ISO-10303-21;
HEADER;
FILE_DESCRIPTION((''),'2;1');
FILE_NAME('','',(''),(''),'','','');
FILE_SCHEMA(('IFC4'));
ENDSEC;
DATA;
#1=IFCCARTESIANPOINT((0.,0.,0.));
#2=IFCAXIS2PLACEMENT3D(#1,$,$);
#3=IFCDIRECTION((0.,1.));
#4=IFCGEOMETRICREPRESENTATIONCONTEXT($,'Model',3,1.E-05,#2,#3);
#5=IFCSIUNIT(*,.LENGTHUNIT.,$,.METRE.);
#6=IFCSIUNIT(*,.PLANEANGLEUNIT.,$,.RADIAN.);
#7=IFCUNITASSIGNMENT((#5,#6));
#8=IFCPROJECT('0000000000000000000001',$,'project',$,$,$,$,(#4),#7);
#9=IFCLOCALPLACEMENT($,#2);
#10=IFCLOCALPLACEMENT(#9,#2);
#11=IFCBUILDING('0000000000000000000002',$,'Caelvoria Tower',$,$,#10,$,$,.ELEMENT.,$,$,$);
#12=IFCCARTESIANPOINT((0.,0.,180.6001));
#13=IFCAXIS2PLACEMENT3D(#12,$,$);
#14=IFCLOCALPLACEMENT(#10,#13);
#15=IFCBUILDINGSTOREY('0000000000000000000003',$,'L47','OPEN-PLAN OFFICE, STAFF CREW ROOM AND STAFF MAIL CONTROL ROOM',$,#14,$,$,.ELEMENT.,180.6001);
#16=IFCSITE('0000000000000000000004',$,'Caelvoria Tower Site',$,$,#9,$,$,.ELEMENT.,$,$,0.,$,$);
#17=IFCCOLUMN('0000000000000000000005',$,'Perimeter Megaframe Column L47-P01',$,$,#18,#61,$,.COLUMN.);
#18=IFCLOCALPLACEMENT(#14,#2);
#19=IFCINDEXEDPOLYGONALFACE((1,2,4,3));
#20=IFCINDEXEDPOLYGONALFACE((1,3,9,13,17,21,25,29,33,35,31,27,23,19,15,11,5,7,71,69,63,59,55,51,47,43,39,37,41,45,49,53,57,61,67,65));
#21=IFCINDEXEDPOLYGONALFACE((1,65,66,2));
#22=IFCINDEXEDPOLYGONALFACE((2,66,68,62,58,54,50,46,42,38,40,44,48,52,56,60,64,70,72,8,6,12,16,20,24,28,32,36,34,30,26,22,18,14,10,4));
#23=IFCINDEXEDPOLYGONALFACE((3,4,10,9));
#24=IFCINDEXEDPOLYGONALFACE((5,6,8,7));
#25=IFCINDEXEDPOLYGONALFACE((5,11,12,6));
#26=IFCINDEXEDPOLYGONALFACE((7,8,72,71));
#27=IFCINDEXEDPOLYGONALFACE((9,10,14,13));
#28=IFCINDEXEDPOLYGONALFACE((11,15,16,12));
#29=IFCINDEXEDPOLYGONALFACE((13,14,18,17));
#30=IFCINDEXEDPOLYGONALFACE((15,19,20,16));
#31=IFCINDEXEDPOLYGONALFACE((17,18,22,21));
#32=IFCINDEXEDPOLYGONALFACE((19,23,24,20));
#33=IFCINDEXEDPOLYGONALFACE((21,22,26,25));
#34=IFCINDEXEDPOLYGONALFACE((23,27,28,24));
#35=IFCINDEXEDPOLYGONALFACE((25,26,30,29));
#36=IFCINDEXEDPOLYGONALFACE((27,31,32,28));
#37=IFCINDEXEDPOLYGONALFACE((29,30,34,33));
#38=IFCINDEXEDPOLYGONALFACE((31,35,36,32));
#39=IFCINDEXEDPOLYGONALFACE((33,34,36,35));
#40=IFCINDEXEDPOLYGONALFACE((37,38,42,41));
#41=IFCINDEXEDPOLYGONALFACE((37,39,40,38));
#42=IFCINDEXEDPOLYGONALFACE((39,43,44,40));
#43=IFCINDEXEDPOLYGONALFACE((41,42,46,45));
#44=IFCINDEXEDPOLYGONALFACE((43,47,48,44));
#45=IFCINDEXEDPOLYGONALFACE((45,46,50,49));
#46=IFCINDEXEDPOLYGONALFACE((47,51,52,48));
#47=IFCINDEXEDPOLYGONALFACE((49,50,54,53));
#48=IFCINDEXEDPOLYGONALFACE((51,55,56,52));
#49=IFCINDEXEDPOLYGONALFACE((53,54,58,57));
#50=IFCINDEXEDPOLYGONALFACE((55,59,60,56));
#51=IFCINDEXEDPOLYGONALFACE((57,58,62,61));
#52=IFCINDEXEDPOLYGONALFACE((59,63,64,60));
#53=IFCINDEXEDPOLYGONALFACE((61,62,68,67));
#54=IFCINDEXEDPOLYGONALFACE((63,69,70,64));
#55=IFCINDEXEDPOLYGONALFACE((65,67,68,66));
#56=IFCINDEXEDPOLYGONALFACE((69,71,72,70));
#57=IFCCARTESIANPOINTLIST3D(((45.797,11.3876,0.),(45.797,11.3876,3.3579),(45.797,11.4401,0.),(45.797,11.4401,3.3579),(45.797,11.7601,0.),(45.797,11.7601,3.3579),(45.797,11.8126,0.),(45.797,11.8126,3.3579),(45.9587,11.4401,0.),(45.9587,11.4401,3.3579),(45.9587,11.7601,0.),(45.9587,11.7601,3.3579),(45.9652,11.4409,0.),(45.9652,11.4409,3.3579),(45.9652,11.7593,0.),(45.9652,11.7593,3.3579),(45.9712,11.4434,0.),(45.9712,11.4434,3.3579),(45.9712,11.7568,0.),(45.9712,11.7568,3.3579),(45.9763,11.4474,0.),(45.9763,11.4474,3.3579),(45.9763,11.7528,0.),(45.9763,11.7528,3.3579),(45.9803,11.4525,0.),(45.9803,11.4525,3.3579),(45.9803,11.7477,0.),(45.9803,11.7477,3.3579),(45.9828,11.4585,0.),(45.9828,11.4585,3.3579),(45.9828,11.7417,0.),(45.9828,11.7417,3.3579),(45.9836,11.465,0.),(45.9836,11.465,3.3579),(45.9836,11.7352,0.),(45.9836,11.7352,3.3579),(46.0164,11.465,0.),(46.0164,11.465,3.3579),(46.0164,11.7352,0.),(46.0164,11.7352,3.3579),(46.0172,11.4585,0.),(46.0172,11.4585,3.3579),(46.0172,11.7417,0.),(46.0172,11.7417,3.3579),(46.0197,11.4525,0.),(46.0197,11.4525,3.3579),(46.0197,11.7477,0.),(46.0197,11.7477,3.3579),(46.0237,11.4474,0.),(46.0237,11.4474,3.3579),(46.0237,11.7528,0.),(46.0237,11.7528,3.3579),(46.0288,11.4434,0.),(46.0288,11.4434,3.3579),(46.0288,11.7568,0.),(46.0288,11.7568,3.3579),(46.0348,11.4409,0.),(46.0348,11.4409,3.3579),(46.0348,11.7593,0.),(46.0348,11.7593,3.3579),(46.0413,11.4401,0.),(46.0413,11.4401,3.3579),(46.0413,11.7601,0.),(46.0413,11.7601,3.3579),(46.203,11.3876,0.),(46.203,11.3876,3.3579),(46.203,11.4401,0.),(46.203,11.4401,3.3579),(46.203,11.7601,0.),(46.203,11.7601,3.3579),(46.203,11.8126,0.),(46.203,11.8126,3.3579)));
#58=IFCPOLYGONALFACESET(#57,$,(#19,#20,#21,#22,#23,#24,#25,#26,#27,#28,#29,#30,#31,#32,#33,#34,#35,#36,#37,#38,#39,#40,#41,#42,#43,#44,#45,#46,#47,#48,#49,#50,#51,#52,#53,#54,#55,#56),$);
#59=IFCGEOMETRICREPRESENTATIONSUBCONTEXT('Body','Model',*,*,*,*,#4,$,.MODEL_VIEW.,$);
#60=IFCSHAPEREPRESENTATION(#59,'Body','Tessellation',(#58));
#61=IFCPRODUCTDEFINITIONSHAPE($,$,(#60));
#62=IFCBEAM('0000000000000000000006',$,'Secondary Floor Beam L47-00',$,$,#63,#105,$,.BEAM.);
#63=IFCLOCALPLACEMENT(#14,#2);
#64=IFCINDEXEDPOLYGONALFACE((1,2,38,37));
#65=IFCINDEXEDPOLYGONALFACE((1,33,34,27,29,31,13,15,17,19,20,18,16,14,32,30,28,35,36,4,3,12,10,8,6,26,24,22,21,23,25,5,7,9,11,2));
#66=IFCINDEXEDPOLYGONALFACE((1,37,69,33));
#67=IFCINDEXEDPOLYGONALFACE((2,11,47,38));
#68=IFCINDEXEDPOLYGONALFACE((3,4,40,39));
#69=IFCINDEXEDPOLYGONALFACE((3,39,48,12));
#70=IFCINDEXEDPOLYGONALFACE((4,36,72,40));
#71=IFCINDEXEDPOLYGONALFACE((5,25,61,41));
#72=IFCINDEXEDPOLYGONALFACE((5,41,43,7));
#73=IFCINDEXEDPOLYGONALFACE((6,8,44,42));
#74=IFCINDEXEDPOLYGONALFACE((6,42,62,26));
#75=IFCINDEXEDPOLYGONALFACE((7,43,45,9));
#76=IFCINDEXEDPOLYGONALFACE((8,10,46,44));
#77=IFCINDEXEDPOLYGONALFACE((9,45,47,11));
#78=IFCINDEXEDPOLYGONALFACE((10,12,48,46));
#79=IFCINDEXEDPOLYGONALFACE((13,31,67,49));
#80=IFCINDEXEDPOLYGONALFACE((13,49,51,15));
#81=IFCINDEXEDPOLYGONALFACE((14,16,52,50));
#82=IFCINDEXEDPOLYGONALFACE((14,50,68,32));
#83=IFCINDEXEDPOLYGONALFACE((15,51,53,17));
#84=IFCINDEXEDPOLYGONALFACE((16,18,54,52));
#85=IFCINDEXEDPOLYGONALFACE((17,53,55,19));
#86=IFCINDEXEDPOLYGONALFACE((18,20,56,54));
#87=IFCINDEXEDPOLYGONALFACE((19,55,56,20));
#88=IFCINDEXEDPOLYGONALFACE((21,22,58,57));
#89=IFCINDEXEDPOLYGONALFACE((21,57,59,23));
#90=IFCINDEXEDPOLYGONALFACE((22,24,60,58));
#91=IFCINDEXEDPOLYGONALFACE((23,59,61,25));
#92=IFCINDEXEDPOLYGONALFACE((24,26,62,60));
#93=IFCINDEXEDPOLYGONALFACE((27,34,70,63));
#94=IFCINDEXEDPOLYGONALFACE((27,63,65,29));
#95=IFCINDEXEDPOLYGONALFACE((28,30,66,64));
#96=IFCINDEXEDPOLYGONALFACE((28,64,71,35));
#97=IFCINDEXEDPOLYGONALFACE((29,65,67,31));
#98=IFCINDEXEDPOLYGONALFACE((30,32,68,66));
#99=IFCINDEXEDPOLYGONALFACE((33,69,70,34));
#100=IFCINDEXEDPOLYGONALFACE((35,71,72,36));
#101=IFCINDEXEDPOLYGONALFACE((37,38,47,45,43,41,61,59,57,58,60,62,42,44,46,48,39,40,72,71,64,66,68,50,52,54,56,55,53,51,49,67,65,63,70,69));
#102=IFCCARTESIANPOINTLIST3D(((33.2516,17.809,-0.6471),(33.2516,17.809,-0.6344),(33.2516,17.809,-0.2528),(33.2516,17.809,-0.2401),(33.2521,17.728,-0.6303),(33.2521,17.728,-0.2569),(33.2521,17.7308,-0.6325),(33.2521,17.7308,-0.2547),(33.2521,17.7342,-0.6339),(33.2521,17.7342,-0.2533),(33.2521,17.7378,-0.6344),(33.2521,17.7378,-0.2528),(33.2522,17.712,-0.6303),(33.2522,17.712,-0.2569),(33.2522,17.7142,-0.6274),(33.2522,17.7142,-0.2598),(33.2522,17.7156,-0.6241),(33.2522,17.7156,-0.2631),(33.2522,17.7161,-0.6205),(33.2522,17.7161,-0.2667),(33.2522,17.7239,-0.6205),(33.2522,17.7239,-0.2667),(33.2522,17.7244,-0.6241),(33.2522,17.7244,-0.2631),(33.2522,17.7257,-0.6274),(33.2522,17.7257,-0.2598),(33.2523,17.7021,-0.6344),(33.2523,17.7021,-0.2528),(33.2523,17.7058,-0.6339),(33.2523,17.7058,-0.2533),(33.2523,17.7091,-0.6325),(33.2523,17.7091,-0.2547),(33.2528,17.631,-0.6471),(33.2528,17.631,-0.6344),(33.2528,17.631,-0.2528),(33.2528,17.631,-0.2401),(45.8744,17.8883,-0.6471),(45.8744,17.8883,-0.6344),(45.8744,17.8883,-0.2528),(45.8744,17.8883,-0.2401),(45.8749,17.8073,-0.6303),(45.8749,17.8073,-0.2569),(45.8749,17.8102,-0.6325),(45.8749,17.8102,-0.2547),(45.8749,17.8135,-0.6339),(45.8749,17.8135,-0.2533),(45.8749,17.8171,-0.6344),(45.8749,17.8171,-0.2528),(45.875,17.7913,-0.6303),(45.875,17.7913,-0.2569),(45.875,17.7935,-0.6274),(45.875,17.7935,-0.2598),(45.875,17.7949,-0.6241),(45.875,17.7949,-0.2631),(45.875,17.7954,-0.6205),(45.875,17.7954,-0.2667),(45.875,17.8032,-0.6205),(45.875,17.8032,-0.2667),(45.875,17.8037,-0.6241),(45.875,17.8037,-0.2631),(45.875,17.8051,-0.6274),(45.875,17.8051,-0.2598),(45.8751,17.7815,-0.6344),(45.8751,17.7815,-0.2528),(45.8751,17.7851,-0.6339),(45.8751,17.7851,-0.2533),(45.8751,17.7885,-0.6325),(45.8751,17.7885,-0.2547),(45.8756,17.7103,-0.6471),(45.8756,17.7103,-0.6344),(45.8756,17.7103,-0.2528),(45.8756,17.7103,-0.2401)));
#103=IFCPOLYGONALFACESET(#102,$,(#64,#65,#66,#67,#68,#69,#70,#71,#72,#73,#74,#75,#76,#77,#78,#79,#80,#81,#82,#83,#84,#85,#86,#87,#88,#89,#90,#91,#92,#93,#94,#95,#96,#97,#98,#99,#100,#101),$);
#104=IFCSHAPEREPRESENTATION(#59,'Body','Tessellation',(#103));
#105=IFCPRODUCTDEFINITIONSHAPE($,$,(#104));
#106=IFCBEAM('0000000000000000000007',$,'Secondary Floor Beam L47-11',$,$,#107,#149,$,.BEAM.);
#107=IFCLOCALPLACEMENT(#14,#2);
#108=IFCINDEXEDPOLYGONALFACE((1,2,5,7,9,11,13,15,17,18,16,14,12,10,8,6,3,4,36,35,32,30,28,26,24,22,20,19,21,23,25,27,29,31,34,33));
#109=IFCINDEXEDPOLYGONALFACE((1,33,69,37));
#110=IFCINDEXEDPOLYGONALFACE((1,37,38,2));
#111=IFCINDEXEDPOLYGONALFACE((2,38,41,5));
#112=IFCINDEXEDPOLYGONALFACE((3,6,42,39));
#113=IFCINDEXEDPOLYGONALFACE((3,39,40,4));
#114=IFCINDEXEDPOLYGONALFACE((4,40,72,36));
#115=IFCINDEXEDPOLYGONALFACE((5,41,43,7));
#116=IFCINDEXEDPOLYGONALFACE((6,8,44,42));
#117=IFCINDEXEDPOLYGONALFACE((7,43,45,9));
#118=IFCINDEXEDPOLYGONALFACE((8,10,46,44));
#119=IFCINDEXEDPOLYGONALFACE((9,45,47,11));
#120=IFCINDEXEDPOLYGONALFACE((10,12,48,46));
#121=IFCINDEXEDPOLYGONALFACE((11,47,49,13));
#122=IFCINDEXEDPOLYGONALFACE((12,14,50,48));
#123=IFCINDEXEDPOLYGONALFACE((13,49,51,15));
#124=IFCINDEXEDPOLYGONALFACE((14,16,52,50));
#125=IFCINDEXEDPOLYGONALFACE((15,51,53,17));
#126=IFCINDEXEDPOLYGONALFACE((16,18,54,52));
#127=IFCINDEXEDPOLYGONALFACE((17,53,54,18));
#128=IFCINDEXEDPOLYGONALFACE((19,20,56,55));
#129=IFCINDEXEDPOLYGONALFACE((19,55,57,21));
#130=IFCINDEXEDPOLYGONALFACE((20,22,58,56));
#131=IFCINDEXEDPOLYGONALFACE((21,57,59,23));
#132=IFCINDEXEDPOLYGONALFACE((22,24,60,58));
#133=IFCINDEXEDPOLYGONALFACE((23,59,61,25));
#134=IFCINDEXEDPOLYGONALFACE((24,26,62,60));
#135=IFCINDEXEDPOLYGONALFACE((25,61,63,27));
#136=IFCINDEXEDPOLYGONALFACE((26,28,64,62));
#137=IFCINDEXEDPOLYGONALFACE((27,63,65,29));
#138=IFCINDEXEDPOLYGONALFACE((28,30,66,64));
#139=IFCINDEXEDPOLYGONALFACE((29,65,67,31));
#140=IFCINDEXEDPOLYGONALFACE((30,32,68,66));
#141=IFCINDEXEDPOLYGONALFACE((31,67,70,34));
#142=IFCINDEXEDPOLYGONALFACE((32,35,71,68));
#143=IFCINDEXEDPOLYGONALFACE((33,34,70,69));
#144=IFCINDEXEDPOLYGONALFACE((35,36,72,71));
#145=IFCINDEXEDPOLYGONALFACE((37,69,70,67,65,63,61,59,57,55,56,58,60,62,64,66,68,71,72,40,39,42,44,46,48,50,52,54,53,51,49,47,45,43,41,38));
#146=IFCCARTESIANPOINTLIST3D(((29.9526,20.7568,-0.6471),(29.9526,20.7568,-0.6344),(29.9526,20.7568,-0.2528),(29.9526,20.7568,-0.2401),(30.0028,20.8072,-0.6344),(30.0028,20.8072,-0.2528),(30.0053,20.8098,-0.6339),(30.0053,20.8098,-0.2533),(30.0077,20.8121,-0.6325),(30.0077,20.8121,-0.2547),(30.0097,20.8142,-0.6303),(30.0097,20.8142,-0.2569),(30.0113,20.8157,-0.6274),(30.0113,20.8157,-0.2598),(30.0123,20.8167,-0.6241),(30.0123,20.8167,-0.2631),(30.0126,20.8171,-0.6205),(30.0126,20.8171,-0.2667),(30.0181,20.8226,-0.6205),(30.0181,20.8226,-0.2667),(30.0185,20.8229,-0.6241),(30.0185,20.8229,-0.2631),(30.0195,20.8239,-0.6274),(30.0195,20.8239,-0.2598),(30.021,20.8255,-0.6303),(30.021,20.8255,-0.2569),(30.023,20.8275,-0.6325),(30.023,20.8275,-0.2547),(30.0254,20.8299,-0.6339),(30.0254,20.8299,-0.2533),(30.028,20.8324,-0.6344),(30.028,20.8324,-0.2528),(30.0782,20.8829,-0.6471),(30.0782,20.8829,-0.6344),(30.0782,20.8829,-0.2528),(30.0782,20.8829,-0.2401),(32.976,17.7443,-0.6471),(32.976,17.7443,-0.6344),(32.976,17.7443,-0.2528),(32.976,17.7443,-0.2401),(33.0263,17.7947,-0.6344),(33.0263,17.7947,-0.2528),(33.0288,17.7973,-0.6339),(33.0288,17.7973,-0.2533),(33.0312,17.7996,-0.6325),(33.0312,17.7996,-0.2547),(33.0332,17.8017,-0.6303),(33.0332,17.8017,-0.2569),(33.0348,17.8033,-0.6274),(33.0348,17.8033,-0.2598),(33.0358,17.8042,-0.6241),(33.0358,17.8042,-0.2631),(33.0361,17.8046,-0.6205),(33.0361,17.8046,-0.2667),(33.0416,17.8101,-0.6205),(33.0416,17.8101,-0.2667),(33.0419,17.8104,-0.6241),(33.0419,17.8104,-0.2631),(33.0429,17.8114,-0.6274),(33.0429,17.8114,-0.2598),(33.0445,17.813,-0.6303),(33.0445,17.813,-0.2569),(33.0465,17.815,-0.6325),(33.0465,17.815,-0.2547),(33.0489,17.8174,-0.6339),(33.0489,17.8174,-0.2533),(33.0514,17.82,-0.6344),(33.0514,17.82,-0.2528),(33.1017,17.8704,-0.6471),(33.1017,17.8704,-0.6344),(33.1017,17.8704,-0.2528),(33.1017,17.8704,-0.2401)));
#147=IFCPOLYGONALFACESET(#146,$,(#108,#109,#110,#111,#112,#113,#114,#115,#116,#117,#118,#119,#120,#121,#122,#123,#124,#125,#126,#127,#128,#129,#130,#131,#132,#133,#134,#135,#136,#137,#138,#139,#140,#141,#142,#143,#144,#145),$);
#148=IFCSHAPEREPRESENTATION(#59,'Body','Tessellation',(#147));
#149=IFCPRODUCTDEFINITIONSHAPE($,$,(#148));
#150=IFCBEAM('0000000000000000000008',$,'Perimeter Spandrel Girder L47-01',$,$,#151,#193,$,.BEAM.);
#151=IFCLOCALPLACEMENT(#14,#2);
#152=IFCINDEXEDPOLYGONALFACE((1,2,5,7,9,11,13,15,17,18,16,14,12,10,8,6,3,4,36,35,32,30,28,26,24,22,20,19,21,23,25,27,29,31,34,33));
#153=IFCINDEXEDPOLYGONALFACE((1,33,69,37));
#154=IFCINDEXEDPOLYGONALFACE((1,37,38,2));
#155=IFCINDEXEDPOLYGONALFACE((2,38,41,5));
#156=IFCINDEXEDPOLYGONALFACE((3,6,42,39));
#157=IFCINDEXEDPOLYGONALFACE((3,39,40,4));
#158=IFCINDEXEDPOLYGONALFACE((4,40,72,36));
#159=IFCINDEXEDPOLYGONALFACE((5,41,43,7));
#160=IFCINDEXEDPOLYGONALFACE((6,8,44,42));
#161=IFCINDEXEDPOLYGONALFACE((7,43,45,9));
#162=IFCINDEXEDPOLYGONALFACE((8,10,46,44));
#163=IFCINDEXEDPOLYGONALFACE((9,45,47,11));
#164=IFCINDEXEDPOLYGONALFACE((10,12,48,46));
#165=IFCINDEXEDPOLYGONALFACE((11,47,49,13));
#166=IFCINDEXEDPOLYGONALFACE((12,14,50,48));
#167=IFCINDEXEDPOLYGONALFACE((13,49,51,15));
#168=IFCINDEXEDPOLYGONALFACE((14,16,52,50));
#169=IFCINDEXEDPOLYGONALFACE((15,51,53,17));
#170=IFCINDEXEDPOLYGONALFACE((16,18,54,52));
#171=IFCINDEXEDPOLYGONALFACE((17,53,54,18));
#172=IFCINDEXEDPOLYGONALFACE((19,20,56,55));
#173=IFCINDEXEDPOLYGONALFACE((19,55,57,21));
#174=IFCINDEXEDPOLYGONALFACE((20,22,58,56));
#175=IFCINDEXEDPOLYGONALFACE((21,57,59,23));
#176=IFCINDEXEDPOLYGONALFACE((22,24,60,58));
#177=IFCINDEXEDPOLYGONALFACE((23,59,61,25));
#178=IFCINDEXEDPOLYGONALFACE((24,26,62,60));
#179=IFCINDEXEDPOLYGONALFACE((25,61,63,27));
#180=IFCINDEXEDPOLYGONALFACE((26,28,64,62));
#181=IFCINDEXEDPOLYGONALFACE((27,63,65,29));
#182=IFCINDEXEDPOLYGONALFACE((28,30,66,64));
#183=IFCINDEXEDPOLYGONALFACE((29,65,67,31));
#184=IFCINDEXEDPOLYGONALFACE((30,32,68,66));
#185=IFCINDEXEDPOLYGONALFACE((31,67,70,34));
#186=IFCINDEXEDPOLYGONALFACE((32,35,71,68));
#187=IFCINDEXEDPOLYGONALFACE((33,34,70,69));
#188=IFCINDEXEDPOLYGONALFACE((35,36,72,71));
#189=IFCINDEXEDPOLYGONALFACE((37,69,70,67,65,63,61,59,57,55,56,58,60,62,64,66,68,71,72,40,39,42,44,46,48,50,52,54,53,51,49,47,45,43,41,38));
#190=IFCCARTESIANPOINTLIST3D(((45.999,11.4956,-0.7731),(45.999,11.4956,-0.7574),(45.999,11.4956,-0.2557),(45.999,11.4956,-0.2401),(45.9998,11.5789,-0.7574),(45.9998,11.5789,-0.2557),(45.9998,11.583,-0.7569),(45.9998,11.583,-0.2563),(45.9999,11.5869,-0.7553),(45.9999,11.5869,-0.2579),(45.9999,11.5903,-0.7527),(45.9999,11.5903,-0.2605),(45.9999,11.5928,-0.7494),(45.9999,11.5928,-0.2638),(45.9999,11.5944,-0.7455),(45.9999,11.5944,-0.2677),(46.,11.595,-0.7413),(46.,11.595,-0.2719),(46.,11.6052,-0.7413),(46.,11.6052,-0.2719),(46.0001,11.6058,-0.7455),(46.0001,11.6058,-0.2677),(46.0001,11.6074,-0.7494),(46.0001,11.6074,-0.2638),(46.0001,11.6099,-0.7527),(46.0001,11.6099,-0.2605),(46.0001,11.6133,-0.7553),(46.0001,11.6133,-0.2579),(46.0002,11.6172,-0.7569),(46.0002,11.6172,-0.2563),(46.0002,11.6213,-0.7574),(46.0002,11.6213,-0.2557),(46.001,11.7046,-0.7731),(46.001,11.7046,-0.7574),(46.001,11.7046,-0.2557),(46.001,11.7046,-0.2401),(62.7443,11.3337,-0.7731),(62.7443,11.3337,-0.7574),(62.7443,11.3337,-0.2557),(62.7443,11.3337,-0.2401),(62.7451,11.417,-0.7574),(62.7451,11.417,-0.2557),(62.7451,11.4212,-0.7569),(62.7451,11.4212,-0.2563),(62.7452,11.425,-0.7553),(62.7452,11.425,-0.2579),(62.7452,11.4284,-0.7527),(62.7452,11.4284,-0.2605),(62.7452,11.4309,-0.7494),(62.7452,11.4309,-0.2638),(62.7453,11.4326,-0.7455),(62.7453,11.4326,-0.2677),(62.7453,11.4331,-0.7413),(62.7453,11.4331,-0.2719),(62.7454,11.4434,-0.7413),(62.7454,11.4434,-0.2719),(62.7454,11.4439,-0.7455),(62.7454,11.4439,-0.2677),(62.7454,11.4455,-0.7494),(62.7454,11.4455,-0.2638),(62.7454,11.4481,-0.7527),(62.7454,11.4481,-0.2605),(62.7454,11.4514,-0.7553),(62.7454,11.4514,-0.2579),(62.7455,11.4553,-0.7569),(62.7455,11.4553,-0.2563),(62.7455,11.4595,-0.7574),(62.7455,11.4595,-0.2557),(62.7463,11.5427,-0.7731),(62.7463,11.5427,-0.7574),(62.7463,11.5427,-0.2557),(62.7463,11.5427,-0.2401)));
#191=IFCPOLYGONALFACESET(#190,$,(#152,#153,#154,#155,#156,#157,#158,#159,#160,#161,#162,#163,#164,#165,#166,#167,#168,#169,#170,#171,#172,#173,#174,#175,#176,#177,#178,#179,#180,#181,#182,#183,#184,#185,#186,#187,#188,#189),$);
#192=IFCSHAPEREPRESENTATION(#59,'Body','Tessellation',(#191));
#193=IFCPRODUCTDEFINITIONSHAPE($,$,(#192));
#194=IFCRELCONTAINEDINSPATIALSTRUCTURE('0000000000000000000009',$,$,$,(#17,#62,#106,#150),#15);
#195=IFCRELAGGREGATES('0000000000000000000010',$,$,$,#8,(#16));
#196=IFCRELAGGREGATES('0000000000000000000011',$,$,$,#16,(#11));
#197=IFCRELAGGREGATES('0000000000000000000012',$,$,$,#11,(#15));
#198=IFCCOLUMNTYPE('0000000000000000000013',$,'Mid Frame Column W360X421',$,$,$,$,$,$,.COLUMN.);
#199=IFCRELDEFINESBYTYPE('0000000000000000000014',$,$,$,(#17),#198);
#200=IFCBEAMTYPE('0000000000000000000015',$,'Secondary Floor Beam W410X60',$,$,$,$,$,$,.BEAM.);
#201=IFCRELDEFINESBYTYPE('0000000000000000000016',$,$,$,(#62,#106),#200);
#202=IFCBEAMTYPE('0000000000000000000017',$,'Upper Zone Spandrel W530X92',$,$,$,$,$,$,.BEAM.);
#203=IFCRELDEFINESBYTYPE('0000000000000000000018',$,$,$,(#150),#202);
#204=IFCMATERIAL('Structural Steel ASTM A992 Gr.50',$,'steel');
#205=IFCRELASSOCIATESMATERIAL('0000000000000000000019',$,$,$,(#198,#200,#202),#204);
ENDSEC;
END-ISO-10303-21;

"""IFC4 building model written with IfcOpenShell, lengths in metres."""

from ifc_helpers import new_model, si_unit, direction, frame, origin, origin_2d, place, context, subcontext, project, spatial, i_section, extrude, material, material_profile, profile_set, type_object, element, save


model = new_model("IFC4")

# Units and contexts
model_context = context("Model", 3, precision=1e-05, world=origin(), true_north=direction((0.0, 1.0)))
body_context = subcontext(model_context, "Body", "Model", "MODEL_VIEW")
ifc_project = project(units=[si_unit("LENGTHUNIT", "METRE"), si_unit("PLANEANGLEUNIT", "RADIAN")], contexts=[model_context])

# Site, building, storey
site_placement = place(None, origin())
site = spatial("IfcSite", under=ifc_project, at=site_placement, Name="Caelvoria Tower Site", CompositionType="ELEMENT", RefElevation=0.0)
building_placement = place(site_placement, origin())
building = spatial("IfcBuilding", under=site, at=building_placement, Name="Caelvoria Tower", CompositionType="ELEMENT")
storey_placement = place(building_placement, frame((0.0, 0.0, 180.6001)))
storey = spatial("IfcBuildingStorey", under=building, at=storey_placement, Name="L47", Description="OPEN-PLAN OFFICE, STAFF CREW ROOM AND STAFF MAIL CONTROL ROOM", CompositionType="ELEMENT", Elevation=180.6001)

# Column
ifc_material_1 = material(Name="Structural Steel ASTM A992 Gr.50", Category="steel")
ifc_material_profile_1 = material_profile(ifc_material_1, i_section(OverallWidth=0.406, OverallDepth=0.425, WebThickness=0.0327, FlangeThickness=0.0525, FilletRadius=0.0249, at=origin_2d()), Name="Structural Steel ASTM A992 Gr.50")
ifc_profile_set_1 = profile_set([ifc_material_profile_1], Name="W360X421 - Structural Steel ASTM A992 Gr.50")
column_type = type_object("IfcColumnType", Name="Mid Frame Column W360X421", PredefinedType="COLUMN", material=ifc_profile_set_1)
column_placement = place(storey_placement, frame((46.0, 11.6001, 0.0), z_axis=(0.0, 0.0, 1.0), x_axis=(1.0, 0.0, 0.0)))
element("IfcColumn", 1, at=column_placement, inside=storey, type_object=column_type, Name="Perimeter Megaframe Column L47-P01", PredefinedType="COLUMN", context=body_context, shape_type="SweptSolid", body=[
    extrude(i_section(OverallWidth=0.406, OverallDepth=0.425, WebThickness=0.0327, FlangeThickness=0.0525, FilletRadius=0.0249, at=origin_2d()), origin(), (0.0, 0.0, 1.0), 3.3579),
])

# Beams
ifc_material_profile_2 = material_profile(ifc_material_1, i_section(OverallWidth=0.178, OverallDepth=0.407, WebThickness=0.0078, FlangeThickness=0.0127, FilletRadius=0.0139, at=origin_2d()), Name="Structural Steel ASTM A992 Gr.50")
ifc_profile_set_2 = profile_set([ifc_material_profile_2], Name="W410X60 - Structural Steel ASTM A992 Gr.50")
beam_type_1 = type_object("IfcBeamType", Name="Secondary Floor Beam W410X60", PredefinedType="BEAM", material=ifc_profile_set_2)
beam_1_placement = place(storey_placement, frame((33.2522, 17.72, -0.4436), z_axis=(0.99998, 0.006286, 0.0), x_axis=(-0.006286, 0.99998, 0.0)))
element("IfcBeam", 2, at=beam_1_placement, inside=storey, type_object=beam_type_1, Name="Secondary Floor Beam L47-00", PredefinedType="BEAM", context=body_context, shape_type="SweptSolid", body=[
    extrude(i_section(OverallWidth=0.178, OverallDepth=0.407, WebThickness=0.0078, FlangeThickness=0.0127, FilletRadius=0.0139, at=origin_2d()), origin(), (0.0, 0.0, 1.0), 12.623),
])
beam_2_placement = place(storey_placement, frame((30.0154, 20.8198, -0.4436), z_axis=(0.708393, -0.705819, 0.0), x_axis=(0.705819, 0.708393, 0.0)))
element("IfcBeam", 3, at=beam_2_placement, inside=storey, type_object=beam_type_1, Name="Secondary Floor Beam L47-11", PredefinedType="BEAM", context=body_context, shape_type="SweptSolid", body=[
    extrude(i_section(OverallWidth=0.178, OverallDepth=0.407, WebThickness=0.0078, FlangeThickness=0.0127, FilletRadius=0.0139, at=origin_2d()), origin(), (0.0, 0.0, 1.0), 4.2681),
])
ifc_material_profile_3 = material_profile(ifc_material_1, i_section(OverallWidth=0.209, OverallDepth=0.533, WebThickness=0.0103, FlangeThickness=0.0156, FilletRadius=0.0161, at=origin_2d()), Name="Structural Steel ASTM A992 Gr.50")
ifc_profile_set_3 = profile_set([ifc_material_profile_3], Name="W530X92 - Structural Steel ASTM A992 Gr.50")
beam_type_2 = type_object("IfcBeamType", Name="Upper Zone Spandrel W530X92", PredefinedType="BEAM", material=ifc_profile_set_3)
beam_3_placement = place(storey_placement, frame((46.0, 11.6001, -0.5066), z_axis=(0.999953, -0.009666, 0.0), x_axis=(0.009666, 0.999953, 0.0)))
element("IfcBeam", 4, at=beam_3_placement, inside=storey, type_object=beam_type_2, Name="Perimeter Spandrel Girder L47-01", PredefinedType="BEAM", context=body_context, shape_type="SweptSolid", body=[
    extrude(i_section(OverallWidth=0.209, OverallDepth=0.533, WebThickness=0.0103, FlangeThickness=0.0156, FilletRadius=0.0161, at=origin_2d()), origin(), (0.0, 0.0, 1.0), 16.7461),
])

save(model, "model.ifc")
